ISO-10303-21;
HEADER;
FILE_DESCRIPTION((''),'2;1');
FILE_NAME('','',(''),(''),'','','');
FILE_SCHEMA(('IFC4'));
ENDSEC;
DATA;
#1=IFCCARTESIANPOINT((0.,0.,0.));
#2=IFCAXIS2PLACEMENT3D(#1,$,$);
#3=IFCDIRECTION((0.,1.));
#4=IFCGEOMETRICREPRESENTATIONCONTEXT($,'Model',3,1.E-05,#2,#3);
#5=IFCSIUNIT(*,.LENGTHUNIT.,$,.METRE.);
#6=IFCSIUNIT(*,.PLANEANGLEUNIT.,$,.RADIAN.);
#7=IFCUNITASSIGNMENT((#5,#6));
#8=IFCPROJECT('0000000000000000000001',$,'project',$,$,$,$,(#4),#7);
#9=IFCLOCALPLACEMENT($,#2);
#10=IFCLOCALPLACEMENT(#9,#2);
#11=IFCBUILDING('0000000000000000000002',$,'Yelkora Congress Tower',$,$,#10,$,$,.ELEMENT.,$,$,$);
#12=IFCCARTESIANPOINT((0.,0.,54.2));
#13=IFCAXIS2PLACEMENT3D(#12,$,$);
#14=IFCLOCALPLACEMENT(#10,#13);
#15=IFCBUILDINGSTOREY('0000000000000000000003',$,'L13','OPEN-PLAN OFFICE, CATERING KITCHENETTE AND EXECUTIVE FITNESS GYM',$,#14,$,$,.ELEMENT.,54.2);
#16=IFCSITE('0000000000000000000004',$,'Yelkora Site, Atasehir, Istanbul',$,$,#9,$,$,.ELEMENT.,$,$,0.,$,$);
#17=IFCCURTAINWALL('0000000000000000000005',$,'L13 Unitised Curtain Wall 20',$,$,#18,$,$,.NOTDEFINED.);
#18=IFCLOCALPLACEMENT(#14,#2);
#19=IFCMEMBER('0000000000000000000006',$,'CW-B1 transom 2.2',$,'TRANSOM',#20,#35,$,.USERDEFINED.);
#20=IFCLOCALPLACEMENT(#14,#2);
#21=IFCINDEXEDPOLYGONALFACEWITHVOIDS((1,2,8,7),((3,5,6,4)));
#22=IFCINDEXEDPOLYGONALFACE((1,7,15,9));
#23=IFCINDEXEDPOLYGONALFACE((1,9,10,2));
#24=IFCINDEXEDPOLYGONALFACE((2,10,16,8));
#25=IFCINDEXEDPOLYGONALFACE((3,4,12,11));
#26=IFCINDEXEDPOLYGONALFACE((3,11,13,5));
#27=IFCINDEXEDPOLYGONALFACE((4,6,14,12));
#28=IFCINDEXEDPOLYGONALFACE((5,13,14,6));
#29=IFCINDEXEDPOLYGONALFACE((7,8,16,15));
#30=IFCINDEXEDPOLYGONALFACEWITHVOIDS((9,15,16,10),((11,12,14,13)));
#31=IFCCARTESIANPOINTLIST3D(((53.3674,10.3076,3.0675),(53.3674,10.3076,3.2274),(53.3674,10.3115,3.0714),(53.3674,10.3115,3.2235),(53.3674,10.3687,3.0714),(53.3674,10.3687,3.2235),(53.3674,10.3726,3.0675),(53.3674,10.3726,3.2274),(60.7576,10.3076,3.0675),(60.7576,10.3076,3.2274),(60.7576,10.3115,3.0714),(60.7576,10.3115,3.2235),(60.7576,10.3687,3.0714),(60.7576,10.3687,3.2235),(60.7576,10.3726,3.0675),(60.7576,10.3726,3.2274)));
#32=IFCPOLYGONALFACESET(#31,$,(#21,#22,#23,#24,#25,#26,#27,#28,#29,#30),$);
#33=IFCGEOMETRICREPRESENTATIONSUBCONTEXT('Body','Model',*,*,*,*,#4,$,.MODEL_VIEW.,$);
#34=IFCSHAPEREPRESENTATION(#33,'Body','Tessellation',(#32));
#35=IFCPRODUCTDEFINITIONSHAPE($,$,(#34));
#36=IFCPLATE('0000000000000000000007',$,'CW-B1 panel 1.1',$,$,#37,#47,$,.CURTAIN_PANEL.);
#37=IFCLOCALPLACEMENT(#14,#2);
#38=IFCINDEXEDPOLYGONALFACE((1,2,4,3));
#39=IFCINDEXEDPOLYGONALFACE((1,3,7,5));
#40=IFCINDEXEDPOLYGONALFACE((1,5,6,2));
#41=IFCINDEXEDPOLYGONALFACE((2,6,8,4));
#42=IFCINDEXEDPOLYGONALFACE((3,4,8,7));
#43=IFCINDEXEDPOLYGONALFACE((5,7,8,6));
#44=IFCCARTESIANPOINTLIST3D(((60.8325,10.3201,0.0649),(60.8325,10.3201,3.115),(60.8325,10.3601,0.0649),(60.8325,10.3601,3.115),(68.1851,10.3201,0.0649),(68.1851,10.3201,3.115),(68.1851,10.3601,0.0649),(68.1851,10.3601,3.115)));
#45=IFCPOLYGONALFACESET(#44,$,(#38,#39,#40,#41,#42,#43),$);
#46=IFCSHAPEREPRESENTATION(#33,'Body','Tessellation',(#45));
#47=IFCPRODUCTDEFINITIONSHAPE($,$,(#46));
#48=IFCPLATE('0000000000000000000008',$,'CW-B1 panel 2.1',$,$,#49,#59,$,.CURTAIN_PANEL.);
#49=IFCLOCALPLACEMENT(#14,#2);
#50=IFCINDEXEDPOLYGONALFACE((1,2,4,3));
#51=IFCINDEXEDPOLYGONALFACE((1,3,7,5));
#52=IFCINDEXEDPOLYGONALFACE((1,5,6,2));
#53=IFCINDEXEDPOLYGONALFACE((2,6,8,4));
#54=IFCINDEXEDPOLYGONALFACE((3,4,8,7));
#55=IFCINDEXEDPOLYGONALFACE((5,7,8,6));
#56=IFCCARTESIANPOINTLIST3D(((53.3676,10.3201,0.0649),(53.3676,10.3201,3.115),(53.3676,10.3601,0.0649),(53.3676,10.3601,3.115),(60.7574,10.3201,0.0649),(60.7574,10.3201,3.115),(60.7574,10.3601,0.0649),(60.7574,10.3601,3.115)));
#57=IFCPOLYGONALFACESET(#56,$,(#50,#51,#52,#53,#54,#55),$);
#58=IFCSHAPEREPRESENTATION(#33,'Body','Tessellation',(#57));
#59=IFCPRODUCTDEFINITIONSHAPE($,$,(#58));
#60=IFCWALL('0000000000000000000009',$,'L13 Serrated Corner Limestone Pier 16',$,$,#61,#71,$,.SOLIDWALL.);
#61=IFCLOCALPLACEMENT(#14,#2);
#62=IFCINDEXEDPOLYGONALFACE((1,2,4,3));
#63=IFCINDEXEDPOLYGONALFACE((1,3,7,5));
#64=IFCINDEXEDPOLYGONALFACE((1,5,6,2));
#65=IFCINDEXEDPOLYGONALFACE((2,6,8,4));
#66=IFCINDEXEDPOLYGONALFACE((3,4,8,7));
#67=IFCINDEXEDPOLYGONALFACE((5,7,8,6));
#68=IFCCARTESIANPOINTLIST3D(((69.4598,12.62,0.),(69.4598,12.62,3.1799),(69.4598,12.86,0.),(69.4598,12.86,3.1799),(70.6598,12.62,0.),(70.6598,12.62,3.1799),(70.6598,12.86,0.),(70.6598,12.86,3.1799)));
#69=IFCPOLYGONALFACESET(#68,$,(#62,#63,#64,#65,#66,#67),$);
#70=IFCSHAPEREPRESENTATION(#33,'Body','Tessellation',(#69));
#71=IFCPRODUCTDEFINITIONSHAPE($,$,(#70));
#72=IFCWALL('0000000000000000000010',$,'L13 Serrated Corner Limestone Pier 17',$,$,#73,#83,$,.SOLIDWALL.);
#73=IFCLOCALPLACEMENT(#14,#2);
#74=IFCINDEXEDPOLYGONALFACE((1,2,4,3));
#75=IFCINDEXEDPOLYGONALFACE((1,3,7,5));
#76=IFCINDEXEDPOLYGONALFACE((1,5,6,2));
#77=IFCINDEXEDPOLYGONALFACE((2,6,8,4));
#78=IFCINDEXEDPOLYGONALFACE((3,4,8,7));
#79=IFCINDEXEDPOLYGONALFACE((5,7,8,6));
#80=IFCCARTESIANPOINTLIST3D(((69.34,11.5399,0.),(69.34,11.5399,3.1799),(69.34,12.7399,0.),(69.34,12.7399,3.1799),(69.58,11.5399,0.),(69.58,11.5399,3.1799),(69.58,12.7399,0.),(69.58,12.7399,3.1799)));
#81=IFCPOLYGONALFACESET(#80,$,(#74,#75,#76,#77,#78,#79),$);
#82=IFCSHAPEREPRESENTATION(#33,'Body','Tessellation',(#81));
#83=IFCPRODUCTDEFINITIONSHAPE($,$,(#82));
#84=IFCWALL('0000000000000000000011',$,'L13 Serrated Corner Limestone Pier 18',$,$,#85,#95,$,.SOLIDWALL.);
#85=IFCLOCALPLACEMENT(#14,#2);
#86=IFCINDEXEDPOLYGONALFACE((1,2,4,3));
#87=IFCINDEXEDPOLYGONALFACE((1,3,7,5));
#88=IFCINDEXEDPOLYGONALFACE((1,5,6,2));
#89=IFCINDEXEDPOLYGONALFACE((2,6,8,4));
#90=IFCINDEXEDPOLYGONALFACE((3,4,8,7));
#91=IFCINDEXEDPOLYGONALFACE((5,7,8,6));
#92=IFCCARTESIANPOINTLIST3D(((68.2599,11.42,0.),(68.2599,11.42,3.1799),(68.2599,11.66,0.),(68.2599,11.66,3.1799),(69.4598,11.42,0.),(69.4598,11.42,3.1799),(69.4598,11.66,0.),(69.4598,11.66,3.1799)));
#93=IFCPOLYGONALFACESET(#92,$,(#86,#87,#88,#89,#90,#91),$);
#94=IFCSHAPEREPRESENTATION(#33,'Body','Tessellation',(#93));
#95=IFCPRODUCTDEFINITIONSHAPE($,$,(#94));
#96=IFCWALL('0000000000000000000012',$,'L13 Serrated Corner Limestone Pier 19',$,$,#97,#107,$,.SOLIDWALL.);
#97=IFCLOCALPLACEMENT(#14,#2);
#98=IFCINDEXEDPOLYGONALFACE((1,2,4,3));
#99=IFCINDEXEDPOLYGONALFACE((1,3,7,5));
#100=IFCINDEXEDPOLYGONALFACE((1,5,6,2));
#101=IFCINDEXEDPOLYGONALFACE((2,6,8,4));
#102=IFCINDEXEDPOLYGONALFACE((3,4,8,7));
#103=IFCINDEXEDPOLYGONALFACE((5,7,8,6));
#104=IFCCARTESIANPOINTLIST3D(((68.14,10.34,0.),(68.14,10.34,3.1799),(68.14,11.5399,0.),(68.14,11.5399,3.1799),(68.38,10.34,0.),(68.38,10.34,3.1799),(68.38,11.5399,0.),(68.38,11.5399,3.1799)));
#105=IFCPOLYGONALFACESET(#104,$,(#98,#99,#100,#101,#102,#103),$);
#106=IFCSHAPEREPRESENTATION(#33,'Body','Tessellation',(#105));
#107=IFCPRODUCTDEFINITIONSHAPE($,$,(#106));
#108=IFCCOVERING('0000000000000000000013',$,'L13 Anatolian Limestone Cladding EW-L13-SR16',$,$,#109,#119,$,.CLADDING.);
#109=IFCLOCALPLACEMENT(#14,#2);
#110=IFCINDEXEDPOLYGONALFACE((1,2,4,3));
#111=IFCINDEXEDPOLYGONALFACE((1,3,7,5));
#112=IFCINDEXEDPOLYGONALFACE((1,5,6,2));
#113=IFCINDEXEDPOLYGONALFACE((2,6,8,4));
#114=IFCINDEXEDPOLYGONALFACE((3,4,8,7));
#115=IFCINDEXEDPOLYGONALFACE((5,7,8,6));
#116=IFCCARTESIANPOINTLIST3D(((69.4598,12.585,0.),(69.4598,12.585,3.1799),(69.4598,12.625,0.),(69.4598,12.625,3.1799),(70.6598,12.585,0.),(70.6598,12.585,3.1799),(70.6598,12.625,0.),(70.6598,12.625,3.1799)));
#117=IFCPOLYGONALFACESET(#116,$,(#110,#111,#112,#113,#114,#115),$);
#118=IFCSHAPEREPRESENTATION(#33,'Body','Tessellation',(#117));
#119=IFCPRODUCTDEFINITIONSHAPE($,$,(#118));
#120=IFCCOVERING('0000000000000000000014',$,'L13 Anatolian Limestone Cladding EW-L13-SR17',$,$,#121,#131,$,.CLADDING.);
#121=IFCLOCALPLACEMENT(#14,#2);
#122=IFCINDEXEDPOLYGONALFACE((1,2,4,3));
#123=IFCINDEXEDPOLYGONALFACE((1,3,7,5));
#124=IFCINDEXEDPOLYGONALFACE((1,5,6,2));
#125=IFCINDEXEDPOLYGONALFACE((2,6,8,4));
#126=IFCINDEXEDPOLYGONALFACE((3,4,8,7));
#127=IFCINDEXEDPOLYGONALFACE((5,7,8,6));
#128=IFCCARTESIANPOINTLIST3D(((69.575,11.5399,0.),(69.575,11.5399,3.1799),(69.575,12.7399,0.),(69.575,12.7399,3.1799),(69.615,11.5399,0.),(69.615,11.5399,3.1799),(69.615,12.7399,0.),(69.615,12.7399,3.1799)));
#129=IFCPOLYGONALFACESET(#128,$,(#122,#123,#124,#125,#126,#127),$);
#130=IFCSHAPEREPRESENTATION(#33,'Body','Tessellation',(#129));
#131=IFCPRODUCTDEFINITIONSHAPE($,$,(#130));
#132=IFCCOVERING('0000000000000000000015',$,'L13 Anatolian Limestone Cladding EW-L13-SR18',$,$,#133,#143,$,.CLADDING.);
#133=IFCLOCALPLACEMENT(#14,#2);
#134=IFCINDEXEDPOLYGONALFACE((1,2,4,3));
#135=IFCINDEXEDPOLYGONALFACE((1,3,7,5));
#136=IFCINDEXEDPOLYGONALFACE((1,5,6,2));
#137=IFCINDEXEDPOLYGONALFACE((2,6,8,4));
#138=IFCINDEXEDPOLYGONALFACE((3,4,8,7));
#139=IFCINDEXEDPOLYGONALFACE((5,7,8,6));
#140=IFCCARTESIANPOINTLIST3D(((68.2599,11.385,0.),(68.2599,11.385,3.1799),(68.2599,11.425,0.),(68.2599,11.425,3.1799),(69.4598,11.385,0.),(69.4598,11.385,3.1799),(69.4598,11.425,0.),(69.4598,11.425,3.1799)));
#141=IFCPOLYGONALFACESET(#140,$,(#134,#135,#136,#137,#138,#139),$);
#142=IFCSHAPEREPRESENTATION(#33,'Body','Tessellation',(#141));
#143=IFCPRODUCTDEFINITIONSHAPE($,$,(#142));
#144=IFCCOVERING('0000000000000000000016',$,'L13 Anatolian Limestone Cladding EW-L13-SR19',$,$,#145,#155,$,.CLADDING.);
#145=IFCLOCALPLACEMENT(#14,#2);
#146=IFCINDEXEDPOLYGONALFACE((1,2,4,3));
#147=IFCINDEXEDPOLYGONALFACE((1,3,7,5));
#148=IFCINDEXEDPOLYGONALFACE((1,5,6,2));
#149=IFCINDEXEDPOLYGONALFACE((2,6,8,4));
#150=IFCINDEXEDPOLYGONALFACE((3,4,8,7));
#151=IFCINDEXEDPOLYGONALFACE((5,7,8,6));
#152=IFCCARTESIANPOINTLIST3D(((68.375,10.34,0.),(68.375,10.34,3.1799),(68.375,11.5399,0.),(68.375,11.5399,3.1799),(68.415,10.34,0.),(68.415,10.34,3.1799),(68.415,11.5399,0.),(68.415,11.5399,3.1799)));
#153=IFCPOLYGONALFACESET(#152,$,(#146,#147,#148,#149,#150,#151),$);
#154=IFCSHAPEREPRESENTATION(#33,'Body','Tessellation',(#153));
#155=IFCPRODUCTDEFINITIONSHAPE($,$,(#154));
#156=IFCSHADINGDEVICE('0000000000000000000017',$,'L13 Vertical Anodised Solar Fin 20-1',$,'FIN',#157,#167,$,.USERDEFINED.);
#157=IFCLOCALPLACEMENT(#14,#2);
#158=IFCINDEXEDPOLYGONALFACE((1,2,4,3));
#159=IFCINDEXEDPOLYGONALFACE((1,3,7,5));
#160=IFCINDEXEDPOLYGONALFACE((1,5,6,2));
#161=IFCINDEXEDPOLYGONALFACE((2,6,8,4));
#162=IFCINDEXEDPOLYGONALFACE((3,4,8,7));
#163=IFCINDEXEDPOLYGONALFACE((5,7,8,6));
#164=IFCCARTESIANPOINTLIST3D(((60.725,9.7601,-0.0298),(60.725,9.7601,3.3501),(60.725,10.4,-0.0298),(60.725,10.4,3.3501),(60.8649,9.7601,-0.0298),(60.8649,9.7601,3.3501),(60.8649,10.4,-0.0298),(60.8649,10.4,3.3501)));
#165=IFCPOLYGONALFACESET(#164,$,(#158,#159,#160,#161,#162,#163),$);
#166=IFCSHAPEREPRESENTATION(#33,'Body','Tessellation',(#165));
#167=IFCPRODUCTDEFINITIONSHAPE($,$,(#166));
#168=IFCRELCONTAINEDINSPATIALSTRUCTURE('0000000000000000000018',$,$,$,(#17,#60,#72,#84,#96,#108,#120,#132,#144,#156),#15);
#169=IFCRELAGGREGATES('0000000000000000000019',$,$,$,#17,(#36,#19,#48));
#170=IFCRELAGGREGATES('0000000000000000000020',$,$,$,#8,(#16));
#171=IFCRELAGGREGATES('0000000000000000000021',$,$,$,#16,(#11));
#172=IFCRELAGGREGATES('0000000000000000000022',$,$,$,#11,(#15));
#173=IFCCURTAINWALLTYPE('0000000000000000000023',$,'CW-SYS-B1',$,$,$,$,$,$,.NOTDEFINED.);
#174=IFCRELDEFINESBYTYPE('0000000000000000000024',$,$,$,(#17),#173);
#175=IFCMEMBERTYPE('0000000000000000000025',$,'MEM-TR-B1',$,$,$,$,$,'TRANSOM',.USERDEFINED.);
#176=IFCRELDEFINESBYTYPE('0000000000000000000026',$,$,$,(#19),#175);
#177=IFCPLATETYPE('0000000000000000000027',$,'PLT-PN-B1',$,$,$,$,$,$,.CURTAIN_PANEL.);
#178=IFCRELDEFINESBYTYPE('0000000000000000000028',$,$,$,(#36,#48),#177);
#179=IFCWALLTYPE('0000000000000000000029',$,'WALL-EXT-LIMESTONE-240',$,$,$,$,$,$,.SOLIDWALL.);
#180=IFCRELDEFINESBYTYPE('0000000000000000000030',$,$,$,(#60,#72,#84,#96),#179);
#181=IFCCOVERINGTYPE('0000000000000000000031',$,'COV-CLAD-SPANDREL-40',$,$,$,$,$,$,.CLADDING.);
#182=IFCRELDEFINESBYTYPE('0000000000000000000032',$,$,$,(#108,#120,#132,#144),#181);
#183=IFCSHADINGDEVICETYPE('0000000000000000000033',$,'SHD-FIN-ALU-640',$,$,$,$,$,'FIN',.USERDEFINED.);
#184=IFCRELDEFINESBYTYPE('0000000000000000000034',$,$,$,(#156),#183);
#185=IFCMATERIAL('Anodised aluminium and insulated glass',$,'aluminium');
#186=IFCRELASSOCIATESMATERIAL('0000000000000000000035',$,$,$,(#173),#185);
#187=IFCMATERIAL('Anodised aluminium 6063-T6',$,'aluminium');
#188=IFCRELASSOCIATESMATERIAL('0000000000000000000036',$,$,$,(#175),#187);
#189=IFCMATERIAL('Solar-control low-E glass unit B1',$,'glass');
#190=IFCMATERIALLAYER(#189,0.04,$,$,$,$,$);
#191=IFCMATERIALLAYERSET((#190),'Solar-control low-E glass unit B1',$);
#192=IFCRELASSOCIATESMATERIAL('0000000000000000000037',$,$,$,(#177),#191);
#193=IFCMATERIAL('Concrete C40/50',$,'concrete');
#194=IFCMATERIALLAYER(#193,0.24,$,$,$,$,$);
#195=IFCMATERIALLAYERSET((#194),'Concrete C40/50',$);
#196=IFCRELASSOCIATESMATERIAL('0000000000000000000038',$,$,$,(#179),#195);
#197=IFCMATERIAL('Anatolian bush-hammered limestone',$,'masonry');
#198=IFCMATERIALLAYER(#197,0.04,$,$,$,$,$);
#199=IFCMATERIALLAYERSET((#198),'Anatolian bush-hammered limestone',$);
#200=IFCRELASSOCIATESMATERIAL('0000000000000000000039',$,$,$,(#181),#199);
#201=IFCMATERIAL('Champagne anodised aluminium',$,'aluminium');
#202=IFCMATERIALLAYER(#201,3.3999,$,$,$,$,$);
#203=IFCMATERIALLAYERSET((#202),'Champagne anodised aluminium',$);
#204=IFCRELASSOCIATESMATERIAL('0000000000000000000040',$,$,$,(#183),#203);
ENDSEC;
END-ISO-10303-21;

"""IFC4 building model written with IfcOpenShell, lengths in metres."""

from ifc_helpers import new_model, si_unit, direction, frame, frame_2d, origin, origin_2d, place, context, subcontext, project, spatial, rectangle, hollow_rectangle, extrude, material, layer, layer_set, material_profile, profile_set, type_object, element, aggregate, save


model = new_model("IFC4")

# Units and contexts
model_context = context("Model", 3, precision=1e-05, world=origin(), true_north=direction((0.0, 1.0)))
body_context = subcontext(model_context, "Body", "Model", "MODEL_VIEW")
ifc_project = project(units=[si_unit("LENGTHUNIT", "METRE"), si_unit("PLANEANGLEUNIT", "RADIAN")], contexts=[model_context])

# Site, building, storey
site_placement = place(None, origin())
site = spatial("IfcSite", under=ifc_project, at=site_placement, Name="Yelkora Site, Atasehir, Istanbul", CompositionType="ELEMENT", RefElevation=0.0)
building_placement = place(site_placement, origin())
building = spatial("IfcBuilding", under=site, at=building_placement, Name="Yelkora Congress Tower", CompositionType="ELEMENT")
storey_placement = place(building_placement, frame((0.0, 0.0, 54.2)))
storey = spatial("IfcBuildingStorey", under=building, at=storey_placement, Name="L13", Description="OPEN-PLAN OFFICE, CATERING KITCHENETTE AND EXECUTIVE FITNESS GYM", CompositionType="ELEMENT", Elevation=54.2)

# Curtain wall, member, plates
ifc_material_1 = material(Name="Anodised aluminium and insulated glass", Category="aluminium")
curtain_wall_type = type_object("IfcCurtainWallType", Name="CW-SYS-B1", PredefinedType="NOTDEFINED", material=ifc_material_1)
curtain_wall_placement = place(storey_placement, origin())
curtain_wall = element("IfcCurtainWall", 1, at=curtain_wall_placement, inside=storey, type_object=curtain_wall_type, Name="L13 Unitised Curtain Wall 20", PredefinedType="NOTDEFINED")
ifc_material_2 = material(Name="Anodised aluminium 6063-T6", Category="aluminium")
ifc_material_profile_1 = material_profile(ifc_material_2, hollow_rectangle(XDim=0.0649, YDim=0.1599, WallThickness=0.0039, at=origin_2d()), Name="ALU 65x160x4")
ifc_profile_set_1 = profile_set([ifc_material_profile_1], Name="Anodised aluminium 6063-T6")
member_type_1 = type_object("IfcMemberType", Name="MEM-TR-B1", ElementType="TRANSOM", PredefinedType="USERDEFINED", material=ifc_profile_set_1)
member_1_placement = place(storey_placement, frame((60.7576, 10.3401, 3.1475), z_axis=(-1.0, 0.0, 0.0), x_axis=(0.0, -1.0, 0.0)))
member_1 = element("IfcMember", 2, at=member_1_placement, type_object=member_type_1, Name="CW-B1 transom 2.2", ObjectType="TRANSOM", PredefinedType="USERDEFINED", context=body_context, shape_type="SweptSolid", body=[
    extrude(hollow_rectangle(XDim=0.0649, YDim=0.1599, WallThickness=0.0039, at=origin_2d()), origin(), (0.0, 0.0, 1.0), 7.3901),
])
ifc_material_3 = material(Name="Solar-control low-E glass unit B1", Category="glass")
ifc_layer_1 = layer(ifc_material_3, 0.04)
ifc_layer_set_1 = layer_set([ifc_layer_1], Name="Solar-control low-E glass unit B1")
plate_type = type_object("IfcPlateType", Name="PLT-PN-B1", PredefinedType="CURTAIN_PANEL", material=ifc_layer_set_1)
plate_1_placement = place(storey_placement, frame((64.5088, 10.3401, 0.0649), z_axis=(0.0, 0.0, 1.0), x_axis=(-1.0, 0.0, 0.0)))
plate_1 = element("IfcPlate", 3, at=plate_1_placement, type_object=plate_type, Name="CW-B1 panel 1.1", PredefinedType="CURTAIN_PANEL", context=body_context, shape_type="SweptSolid", body=[
    extrude(rectangle(XDim=7.3525, YDim=0.04, at=origin_2d()), origin(), (0.0, 0.0, 1.0), 3.05),
])
plate_2_placement = place(storey_placement, frame((57.0625, 10.3401, 0.0649), z_axis=(0.0, 0.0, 1.0), x_axis=(-1.0, 0.0, 0.0)))
plate_2 = element("IfcPlate", 4, at=plate_2_placement, type_object=plate_type, Name="CW-B1 panel 2.1", PredefinedType="CURTAIN_PANEL", context=body_context, shape_type="SweptSolid", body=[
    extrude(rectangle(XDim=7.3899, YDim=0.04, at=origin_2d()), origin(), (0.0, 0.0, 1.0), 3.05),
])
aggregate(curtain_wall, [plate_1, member_1, plate_2])

# Walls
ifc_material_4 = material(Name="Concrete C40/50", Category="concrete")
ifc_layer_2 = layer(ifc_material_4, 0.24)
ifc_layer_set_2 = layer_set([ifc_layer_2], Name="Concrete C40/50")
wall_type = type_object("IfcWallType", Name="WALL-EXT-LIMESTONE-240", PredefinedType="SOLIDWALL", material=ifc_layer_set_2)
for number, where, z_axis, x_axis, name in (
    (5, (70.6599, 12.74, 0.0), (0.0, 0.0, 1.0), (-1.0, 0.0, 0.0), "L13 Serrated Corner Limestone Pier 16"),
    (6, (69.46, 12.74, 0.0), (0.0, 0.0, 1.0), (0.0, -1.0, 0.0), "L13 Serrated Corner Limestone Pier 17"),
    (7, (69.46, 11.54, 0.0), (0.0, 0.0, 1.0), (-1.0, 0.0, 0.0), "L13 Serrated Corner Limestone Pier 18"),
    (8, (68.26, 11.54, 0.0), (0.0, 0.0, 1.0), (0.0, -1.0, 0.0), "L13 Serrated Corner Limestone Pier 19"),
):
    element("IfcWall", number, at=place(storey_placement, frame(where, z_axis=z_axis, x_axis=x_axis)), inside=storey, type_object=wall_type, Name=name, PredefinedType="SOLIDWALL", context=body_context, shape_type="SweptSolid", body=[
        extrude(rectangle(XDim=1.2, YDim=0.24, at=frame_2d((0.6001, 0.0))), origin(), (0.0, 0.0, 1.0), 3.1799),
    ])

# Coverings
ifc_material_5 = material(Name="Anatolian bush-hammered limestone", Category="masonry")
ifc_layer_3 = layer(ifc_material_5, 0.04)
ifc_layer_set_3 = layer_set([ifc_layer_3], Name="Anatolian bush-hammered limestone")
covering_type = type_object("IfcCoveringType", Name="COV-CLAD-SPANDREL-40", PredefinedType="CLADDING", material=ifc_layer_set_3)
for number, where, z_axis, x_axis, name in (
    (9, (70.6599, 12.605, 0.0), (0.0, 0.0, 1.0), (-1.0, 0.0, 0.0), "L13 Anatolian Limestone Cladding EW-L13-SR16"),
    (10, (69.595, 12.74, 0.0), (0.0, 0.0, 1.0), (0.0, -1.0, 0.0), "L13 Anatolian Limestone Cladding EW-L13-SR17"),
    (11, (69.46, 11.405, 0.0), (0.0, 0.0, 1.0), (-1.0, 0.0, 0.0), "L13 Anatolian Limestone Cladding EW-L13-SR18"),
    (12, (68.395, 11.54, 0.0), (0.0, 0.0, 1.0), (0.0, -1.0, 0.0), "L13 Anatolian Limestone Cladding EW-L13-SR19"),
):
    element("IfcCovering", number, at=place(storey_placement, frame(where, z_axis=z_axis, x_axis=x_axis)), inside=storey, type_object=covering_type, Name=name, PredefinedType="CLADDING", context=body_context, shape_type="SweptSolid", body=[
        extrude(rectangle(XDim=1.2, YDim=0.04, at=frame_2d((0.6001, 0.0))), origin(), (0.0, 0.0, 1.0), 3.1799),
    ])

# Shading device
ifc_material_6 = material(Name="Champagne anodised aluminium", Category="aluminium")
ifc_layer_4 = layer(ifc_material_6, 3.3999)
ifc_layer_set_4 = layer_set([ifc_layer_4], Name="Champagne anodised aluminium")
shading_device_type = type_object("IfcShadingDeviceType", Name="SHD-FIN-ALU-640", ElementType="FIN", PredefinedType="USERDEFINED", material=ifc_layer_set_4)
shading_device_placement = place(storey_placement, frame((60.7949, 10.0801, -0.0298), z_axis=(0.0, 0.0, 1.0), x_axis=(-1.0, 0.0, 0.0)))
element("IfcShadingDevice", 13, at=shading_device_placement, inside=storey, type_object=shading_device_type, Name="L13 Vertical Anodised Solar Fin 20-1", ObjectType="FIN", PredefinedType="USERDEFINED", context=body_context, shape_type="SweptSolid", body=[
    extrude(rectangle(XDim=0.1399, YDim=0.6399, at=origin_2d()), origin(), (0.0, 0.0, 1.0), 3.3799),
])

save(model, "model.ifc")
